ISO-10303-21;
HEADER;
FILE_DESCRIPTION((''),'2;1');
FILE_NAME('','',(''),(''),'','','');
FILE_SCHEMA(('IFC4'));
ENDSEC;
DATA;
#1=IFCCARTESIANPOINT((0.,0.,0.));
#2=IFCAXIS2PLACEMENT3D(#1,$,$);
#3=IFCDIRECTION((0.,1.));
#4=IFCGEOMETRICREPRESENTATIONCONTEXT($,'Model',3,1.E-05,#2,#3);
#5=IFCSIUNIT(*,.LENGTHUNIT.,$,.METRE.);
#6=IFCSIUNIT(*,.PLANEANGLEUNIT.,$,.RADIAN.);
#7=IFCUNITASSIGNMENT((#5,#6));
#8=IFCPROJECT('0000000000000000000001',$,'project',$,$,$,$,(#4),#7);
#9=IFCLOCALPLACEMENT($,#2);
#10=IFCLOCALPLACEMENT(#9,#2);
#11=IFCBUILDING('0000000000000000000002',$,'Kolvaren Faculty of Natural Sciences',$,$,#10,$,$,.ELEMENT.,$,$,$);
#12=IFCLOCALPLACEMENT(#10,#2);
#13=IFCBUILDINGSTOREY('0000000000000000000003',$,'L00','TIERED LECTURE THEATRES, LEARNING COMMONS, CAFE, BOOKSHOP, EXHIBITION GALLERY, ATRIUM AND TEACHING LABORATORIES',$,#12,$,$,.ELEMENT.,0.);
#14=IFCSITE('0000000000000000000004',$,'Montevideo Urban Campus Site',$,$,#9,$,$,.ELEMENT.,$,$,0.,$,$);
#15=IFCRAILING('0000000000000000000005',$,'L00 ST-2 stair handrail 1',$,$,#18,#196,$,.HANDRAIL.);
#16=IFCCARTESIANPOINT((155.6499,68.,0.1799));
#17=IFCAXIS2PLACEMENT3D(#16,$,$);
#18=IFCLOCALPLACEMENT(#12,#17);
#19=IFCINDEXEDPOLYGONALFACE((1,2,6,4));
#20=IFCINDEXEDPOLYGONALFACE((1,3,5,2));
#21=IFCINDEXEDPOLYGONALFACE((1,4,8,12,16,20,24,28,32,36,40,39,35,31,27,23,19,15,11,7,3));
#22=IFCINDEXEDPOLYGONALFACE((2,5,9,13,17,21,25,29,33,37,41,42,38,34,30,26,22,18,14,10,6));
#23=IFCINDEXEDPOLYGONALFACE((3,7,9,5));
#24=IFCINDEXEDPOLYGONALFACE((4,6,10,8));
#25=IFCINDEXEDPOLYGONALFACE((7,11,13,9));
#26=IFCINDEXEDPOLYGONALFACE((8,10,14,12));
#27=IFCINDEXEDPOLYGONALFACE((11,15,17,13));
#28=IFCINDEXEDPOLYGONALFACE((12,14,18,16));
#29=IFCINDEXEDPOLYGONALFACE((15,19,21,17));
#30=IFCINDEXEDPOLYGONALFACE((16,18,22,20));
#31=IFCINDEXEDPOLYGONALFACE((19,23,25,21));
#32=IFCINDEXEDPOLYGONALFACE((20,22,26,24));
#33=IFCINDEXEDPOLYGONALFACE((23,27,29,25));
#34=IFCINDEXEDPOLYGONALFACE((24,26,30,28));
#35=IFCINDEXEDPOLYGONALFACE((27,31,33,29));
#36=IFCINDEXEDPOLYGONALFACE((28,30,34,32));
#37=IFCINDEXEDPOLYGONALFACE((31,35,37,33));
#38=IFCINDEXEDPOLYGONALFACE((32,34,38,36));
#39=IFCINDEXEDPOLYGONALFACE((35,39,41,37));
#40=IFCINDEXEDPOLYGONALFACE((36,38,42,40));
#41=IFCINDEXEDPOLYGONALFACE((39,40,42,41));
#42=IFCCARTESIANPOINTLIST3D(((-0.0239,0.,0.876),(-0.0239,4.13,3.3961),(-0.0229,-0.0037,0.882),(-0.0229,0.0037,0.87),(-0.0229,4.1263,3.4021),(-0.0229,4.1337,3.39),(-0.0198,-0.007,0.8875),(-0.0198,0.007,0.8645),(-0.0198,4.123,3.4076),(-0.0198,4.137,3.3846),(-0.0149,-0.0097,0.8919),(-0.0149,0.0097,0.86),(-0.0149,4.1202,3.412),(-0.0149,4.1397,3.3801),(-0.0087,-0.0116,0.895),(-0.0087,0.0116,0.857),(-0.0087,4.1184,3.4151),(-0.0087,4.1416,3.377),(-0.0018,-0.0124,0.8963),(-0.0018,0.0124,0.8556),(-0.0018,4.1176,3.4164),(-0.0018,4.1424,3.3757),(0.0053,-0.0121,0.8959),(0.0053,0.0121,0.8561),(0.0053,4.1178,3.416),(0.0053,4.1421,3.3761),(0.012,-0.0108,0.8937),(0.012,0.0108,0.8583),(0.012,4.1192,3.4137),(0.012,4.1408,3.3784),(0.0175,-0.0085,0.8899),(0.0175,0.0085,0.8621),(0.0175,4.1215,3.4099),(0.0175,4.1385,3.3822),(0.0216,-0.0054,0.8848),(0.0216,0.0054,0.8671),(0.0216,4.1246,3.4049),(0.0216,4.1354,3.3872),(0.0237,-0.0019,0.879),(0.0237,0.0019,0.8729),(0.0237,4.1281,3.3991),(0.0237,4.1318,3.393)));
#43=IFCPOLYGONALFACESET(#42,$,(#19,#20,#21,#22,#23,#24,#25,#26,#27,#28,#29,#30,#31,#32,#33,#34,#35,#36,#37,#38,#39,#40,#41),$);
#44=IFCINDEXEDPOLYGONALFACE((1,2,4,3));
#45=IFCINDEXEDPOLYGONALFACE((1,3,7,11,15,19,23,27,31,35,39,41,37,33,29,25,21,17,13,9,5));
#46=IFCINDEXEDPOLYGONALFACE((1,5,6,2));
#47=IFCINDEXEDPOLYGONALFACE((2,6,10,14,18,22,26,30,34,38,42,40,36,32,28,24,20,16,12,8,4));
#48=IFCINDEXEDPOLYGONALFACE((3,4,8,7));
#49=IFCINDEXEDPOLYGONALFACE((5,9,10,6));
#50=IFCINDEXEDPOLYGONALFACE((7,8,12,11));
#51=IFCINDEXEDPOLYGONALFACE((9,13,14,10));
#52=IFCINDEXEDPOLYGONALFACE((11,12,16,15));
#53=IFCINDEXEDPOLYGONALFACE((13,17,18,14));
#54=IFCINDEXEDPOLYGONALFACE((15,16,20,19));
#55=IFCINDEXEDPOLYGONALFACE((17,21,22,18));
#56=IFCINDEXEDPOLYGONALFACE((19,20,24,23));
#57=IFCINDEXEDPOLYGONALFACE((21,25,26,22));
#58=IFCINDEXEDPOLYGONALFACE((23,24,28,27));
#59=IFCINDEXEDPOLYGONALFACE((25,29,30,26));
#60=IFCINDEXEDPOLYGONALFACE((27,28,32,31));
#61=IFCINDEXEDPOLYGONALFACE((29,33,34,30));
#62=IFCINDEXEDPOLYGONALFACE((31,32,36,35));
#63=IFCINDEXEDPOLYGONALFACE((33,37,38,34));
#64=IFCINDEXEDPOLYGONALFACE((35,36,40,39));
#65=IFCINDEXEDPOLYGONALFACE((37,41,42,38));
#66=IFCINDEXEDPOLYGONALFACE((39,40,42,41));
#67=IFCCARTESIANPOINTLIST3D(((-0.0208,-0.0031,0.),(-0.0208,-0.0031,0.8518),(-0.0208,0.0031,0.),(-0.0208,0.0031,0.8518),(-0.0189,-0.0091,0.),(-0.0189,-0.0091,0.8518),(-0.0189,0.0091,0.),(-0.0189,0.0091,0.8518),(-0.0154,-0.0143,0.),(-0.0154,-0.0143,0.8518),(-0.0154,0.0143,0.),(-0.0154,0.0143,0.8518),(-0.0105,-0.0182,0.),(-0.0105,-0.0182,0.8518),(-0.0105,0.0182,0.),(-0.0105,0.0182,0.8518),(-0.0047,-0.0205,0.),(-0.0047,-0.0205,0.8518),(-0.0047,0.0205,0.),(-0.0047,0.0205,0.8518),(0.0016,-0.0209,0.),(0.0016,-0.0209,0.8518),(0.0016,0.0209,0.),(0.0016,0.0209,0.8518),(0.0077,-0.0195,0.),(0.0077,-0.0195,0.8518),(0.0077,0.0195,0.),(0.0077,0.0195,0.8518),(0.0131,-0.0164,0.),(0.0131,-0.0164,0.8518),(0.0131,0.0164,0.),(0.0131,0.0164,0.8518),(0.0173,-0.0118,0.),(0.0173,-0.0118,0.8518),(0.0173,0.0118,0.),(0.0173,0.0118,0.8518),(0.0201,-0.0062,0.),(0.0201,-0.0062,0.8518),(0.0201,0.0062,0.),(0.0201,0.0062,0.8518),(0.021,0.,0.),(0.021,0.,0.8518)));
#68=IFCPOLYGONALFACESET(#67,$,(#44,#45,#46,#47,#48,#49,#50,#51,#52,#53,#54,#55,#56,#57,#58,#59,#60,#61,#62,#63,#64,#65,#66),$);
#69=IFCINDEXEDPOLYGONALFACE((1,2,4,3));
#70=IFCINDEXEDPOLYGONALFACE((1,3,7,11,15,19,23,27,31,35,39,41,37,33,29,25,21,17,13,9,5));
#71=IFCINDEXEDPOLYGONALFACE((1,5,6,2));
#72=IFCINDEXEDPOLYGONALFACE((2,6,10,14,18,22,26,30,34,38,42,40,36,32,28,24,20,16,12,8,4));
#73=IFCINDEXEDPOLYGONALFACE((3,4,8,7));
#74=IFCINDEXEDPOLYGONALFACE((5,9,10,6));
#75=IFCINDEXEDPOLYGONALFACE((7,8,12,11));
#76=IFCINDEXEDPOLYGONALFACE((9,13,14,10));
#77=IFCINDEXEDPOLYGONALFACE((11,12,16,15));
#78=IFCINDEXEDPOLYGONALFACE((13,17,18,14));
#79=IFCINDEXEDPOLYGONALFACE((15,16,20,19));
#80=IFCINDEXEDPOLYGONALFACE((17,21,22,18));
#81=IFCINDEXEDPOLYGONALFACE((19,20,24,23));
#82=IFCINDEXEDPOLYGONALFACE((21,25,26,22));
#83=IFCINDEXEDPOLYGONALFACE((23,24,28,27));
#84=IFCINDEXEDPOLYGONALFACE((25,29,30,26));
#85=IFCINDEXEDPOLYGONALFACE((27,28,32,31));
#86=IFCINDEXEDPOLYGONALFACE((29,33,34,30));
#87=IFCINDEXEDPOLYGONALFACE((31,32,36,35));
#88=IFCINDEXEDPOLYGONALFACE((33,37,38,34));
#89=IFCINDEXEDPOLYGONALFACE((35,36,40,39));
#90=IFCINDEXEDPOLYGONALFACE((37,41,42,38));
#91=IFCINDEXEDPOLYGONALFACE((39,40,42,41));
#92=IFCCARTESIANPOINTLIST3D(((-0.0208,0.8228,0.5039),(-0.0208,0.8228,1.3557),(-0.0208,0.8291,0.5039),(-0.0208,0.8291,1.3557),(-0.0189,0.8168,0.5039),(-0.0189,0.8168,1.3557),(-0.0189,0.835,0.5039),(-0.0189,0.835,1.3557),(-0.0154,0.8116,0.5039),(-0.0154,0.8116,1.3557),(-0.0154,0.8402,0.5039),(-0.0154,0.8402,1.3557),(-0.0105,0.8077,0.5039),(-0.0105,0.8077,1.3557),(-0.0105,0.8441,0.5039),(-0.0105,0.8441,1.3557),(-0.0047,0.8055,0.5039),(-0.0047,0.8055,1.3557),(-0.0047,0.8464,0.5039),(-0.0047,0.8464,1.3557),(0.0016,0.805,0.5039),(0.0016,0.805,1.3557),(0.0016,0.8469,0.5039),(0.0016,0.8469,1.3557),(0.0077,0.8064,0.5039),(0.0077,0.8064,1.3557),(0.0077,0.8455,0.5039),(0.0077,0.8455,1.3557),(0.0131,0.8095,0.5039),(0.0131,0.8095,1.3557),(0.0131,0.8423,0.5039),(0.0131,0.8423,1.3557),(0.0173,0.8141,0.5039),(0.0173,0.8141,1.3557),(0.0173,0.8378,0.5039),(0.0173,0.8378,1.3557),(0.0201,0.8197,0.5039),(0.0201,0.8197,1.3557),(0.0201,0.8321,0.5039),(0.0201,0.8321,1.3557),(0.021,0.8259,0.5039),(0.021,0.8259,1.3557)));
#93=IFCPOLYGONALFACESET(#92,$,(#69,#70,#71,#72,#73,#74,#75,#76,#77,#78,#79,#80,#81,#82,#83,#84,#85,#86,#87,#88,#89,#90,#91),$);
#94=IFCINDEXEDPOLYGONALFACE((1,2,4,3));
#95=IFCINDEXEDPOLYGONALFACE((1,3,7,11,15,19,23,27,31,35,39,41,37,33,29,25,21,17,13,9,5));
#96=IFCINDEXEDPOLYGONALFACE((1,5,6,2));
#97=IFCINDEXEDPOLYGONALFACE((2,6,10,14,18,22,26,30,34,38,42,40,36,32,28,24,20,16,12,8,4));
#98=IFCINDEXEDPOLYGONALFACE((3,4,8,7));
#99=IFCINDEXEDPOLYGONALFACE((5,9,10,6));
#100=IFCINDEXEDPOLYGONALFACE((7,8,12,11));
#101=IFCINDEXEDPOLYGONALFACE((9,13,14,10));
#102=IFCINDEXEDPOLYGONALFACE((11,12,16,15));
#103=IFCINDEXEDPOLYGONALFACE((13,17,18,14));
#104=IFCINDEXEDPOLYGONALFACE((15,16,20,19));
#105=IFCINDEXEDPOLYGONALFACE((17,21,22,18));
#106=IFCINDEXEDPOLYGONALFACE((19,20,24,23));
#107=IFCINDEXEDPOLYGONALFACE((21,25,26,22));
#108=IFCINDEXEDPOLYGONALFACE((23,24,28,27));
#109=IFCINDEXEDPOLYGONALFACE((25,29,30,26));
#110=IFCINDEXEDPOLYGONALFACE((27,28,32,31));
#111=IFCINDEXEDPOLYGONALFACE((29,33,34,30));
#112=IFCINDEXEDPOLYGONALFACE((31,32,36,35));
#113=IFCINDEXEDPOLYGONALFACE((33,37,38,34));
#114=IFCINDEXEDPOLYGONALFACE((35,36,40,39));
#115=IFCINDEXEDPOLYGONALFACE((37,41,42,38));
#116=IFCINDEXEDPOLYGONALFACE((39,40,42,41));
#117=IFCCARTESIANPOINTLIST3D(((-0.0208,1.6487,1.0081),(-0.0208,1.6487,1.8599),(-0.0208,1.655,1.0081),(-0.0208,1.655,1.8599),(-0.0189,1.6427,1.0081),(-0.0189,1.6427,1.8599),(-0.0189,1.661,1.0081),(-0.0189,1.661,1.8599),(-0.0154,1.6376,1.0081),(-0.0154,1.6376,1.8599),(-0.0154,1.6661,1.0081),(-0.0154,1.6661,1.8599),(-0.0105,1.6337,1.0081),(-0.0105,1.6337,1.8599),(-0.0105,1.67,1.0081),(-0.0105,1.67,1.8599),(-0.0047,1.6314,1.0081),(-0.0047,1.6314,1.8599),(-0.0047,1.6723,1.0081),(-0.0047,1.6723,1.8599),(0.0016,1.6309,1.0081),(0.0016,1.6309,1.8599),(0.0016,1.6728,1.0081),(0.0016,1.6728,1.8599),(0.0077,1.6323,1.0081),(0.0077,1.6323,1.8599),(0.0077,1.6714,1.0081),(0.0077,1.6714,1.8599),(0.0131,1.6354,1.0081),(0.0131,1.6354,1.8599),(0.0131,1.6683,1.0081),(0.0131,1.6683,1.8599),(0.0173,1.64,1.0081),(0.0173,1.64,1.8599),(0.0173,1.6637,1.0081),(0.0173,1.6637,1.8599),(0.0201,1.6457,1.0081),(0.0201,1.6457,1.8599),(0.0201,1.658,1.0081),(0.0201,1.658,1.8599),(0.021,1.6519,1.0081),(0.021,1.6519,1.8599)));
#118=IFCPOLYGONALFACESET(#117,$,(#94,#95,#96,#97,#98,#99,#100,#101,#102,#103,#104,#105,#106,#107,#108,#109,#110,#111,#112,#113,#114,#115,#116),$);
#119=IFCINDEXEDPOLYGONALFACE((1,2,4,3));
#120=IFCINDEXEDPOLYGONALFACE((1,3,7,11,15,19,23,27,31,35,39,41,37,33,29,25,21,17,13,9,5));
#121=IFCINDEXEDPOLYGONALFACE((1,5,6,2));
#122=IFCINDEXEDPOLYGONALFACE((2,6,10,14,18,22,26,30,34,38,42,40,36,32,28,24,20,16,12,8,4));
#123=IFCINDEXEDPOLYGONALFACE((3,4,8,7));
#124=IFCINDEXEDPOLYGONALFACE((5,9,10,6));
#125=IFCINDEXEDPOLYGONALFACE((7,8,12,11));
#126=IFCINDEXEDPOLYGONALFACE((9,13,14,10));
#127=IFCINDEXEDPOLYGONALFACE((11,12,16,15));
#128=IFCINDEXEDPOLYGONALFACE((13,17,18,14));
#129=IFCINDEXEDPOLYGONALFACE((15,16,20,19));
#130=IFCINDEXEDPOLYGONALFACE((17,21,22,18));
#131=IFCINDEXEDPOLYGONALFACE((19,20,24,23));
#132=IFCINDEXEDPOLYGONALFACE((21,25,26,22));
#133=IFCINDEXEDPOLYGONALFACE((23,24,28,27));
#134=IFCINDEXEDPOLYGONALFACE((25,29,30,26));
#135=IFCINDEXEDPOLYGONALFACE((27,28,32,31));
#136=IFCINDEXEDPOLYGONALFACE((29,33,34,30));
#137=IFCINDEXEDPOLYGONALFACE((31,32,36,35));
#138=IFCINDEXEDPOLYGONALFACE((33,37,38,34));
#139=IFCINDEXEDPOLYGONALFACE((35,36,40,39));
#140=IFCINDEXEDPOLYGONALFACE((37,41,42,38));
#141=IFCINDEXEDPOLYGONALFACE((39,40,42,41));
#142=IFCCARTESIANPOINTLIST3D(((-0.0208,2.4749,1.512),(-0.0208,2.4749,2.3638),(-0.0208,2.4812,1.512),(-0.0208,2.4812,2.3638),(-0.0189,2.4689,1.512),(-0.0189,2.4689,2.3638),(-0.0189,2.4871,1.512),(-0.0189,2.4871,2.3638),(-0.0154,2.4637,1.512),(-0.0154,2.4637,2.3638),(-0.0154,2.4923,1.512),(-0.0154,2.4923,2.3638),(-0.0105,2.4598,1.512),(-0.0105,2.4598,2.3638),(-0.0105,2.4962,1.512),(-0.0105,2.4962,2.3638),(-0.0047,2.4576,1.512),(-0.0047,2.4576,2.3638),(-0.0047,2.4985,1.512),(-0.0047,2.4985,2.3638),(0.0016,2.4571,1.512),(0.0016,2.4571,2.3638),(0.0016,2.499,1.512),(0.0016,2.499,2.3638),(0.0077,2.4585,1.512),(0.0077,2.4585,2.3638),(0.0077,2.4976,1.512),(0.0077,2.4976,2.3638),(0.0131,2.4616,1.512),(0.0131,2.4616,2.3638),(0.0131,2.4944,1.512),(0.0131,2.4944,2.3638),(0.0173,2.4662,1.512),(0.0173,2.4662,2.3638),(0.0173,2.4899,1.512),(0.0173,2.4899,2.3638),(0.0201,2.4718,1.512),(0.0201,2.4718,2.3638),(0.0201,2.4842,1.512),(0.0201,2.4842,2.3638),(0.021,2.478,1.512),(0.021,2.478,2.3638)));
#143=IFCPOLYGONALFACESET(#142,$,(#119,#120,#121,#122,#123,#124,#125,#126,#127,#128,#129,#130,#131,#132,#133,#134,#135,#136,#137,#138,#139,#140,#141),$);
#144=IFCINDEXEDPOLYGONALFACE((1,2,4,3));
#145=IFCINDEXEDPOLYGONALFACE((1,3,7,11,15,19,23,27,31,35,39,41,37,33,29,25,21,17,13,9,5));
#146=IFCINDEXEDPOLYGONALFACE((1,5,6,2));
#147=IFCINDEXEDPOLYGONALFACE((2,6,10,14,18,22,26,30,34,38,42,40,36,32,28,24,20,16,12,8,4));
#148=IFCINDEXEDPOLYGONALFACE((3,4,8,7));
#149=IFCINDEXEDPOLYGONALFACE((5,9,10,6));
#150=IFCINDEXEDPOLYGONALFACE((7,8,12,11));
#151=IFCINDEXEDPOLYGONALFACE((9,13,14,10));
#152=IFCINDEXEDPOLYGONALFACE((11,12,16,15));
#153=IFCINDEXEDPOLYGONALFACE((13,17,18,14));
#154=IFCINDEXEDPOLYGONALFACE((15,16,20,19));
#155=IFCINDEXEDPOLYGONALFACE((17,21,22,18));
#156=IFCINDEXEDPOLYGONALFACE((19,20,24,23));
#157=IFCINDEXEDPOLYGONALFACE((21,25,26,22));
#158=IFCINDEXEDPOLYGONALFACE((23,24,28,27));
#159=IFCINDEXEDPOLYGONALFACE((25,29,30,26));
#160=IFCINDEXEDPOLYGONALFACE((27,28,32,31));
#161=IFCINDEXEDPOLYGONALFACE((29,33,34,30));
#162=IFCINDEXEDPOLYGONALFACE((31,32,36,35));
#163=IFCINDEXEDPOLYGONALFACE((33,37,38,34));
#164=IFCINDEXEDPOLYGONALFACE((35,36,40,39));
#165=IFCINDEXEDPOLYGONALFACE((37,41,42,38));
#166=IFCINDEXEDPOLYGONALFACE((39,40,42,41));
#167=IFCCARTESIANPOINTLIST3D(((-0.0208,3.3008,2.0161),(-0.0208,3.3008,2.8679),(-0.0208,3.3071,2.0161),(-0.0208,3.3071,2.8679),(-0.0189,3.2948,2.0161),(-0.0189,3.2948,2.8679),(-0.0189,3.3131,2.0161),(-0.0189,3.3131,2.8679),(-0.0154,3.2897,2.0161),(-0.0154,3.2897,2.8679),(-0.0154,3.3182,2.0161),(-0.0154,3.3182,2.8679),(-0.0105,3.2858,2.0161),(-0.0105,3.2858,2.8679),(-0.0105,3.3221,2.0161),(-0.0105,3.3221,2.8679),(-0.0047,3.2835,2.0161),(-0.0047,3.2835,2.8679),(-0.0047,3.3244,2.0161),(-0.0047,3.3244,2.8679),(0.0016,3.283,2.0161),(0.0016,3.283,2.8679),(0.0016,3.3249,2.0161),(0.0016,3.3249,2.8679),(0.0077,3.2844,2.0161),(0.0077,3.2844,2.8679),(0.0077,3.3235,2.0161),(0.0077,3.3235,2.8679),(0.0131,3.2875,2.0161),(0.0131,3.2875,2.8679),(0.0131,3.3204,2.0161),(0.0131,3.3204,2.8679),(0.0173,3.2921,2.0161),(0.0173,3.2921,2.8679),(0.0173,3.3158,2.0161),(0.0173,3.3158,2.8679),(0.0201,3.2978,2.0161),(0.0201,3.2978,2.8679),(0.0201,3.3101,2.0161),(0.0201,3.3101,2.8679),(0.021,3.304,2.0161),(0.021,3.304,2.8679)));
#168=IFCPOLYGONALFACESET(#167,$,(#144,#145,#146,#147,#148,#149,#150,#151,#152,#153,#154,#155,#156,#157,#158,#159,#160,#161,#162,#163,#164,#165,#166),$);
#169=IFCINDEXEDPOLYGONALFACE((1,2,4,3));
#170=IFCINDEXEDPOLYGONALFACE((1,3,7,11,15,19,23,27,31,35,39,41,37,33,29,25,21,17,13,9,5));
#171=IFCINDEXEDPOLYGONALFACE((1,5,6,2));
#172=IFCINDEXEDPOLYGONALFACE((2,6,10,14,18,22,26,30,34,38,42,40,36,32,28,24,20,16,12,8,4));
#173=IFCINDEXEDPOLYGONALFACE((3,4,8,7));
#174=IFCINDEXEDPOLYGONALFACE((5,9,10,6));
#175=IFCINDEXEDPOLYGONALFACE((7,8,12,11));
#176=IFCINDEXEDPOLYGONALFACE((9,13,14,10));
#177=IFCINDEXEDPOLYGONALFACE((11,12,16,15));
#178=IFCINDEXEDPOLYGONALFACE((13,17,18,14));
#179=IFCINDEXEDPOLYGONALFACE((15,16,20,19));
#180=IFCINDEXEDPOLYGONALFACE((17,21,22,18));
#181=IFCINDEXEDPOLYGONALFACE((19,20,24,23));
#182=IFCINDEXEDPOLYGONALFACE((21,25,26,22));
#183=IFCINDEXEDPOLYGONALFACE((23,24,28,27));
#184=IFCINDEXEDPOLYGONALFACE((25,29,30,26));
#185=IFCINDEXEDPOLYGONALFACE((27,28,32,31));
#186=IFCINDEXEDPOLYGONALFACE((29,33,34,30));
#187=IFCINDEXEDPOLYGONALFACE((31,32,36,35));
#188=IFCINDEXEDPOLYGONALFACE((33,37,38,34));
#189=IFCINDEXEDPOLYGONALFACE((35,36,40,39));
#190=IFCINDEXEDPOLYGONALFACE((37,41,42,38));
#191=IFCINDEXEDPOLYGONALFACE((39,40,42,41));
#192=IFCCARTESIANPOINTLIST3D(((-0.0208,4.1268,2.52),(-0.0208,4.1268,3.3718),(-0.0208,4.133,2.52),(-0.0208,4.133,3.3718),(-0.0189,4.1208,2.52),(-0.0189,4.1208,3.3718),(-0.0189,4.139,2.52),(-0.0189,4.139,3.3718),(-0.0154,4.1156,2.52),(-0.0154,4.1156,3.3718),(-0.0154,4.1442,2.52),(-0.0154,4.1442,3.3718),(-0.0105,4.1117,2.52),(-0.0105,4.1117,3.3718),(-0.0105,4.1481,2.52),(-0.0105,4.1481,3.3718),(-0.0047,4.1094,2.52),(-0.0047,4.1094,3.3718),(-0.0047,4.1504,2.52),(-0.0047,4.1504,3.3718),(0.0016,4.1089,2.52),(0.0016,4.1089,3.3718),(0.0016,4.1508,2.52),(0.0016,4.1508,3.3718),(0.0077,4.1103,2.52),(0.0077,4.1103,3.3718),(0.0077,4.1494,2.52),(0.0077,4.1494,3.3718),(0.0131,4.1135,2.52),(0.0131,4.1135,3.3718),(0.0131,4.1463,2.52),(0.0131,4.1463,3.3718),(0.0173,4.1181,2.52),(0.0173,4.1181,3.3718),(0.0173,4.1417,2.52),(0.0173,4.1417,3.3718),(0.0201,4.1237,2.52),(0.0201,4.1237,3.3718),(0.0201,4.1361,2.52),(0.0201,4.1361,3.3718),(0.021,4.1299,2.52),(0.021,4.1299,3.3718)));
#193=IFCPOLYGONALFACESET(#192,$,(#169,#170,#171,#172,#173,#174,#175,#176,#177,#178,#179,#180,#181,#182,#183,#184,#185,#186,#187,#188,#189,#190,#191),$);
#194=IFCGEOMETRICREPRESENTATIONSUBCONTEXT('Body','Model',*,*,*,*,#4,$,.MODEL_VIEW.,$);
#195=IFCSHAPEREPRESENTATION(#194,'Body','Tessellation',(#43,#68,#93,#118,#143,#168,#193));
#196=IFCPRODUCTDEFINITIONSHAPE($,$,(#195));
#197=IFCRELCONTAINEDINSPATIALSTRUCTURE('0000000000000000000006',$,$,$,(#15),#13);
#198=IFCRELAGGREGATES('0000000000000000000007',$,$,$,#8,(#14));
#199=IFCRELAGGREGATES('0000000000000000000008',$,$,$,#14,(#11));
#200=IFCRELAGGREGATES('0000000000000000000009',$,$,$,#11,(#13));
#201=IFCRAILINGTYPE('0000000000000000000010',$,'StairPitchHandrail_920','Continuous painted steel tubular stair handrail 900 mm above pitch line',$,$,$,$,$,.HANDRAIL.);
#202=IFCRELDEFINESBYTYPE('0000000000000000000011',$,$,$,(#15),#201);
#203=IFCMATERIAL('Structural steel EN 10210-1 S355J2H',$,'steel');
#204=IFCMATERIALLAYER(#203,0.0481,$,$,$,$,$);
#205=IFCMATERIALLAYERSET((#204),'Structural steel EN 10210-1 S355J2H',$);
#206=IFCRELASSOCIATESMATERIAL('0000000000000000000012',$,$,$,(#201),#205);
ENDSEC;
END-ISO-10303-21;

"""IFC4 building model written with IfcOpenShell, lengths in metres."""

from ifc_helpers import new_model, si_unit, direction, frame, origin, origin_2d, place, context, subcontext, project, spatial, circle, extrude, material, layer, layer_set, type_object, element, save


model = new_model("IFC4")

# Units and contexts
model_context = context("Model", 3, precision=1e-05, world=origin(), true_north=direction((0.0, 1.0)))
body_context = subcontext(model_context, "Body", "Model", "MODEL_VIEW")
ifc_project = project(units=[si_unit("LENGTHUNIT", "METRE"), si_unit("PLANEANGLEUNIT", "RADIAN")], contexts=[model_context])

# Site, building, storey
site_placement = place(None, origin())
site = spatial("IfcSite", under=ifc_project, at=site_placement, Name="Montevideo Urban Campus Site", CompositionType="ELEMENT", RefElevation=0.0)
building_placement = place(site_placement, origin())
building = spatial("IfcBuilding", under=site, at=building_placement, Name="Kolvaren Faculty of Natural Sciences", CompositionType="ELEMENT")
storey_placement = place(building_placement, origin())
storey = spatial("IfcBuildingStorey", under=building, at=storey_placement, Name="L00", Description="TIERED LECTURE THEATRES, LEARNING COMMONS, CAFE, BOOKSHOP, EXHIBITION GALLERY, ATRIUM AND TEACHING LABORATORIES", CompositionType="ELEMENT", Elevation=0.0)

# Railing
ifc_material_1 = material(Name="Structural steel EN 10210-1 S355J2H", Category="steel")
ifc_layer_1 = layer(ifc_material_1, 0.0481)
ifc_layer_set_1 = layer_set([ifc_layer_1], Name="Structural steel EN 10210-1 S355J2H")
railing_type_1 = type_object("IfcRailingType", Name="StairPitchHandrail_920", Description="Continuous painted steel tubular stair handrail 900 mm above pitch line", PredefinedType="HANDRAIL", material=ifc_layer_set_1)
railing_1_placement = place(storey_placement, frame((155.6499, 68.0, 0.1799)))
element("IfcRailing", 1, at=railing_1_placement, inside=storey, type_object=railing_type_1, Name="L00 ST-2 stair handrail 1", PredefinedType="HANDRAIL", context=body_context, shape_type="SweptSolid", body=[
    extrude(circle(Radius=0.0239, at=origin_2d()), frame((0.0, 0.0, 0.876), z_axis=(0.0, 0.853631, 0.520878), x_axis=(-1.0, 0.0, 0.0)), (0.0, 0.0, 1.0), 4.8381),
    extrude(circle(Radius=0.021, at=origin_2d()), origin(), (0.0, 0.0, 1.0), 0.8518),
    extrude(circle(Radius=0.021, at=origin_2d()), frame((0.0, 0.8259, 0.5039)), (0.0, 0.0, 1.0), 0.8518),
    extrude(circle(Radius=0.021, at=origin_2d()), frame((0.0, 1.6519, 1.0081)), (0.0, 0.0, 1.0), 0.8518),
    extrude(circle(Radius=0.021, at=origin_2d()), frame((0.0, 2.478, 1.512)), (0.0, 0.0, 1.0), 0.8518),
    extrude(circle(Radius=0.021, at=origin_2d()), frame((0.0, 3.304, 2.0161)), (0.0, 0.0, 1.0), 0.8518),
    extrude(circle(Radius=0.021, at=origin_2d()), frame((0.0, 4.1299, 2.52)), (0.0, 0.0, 1.0), 0.8518),
])

save(model, "model.ifc")
